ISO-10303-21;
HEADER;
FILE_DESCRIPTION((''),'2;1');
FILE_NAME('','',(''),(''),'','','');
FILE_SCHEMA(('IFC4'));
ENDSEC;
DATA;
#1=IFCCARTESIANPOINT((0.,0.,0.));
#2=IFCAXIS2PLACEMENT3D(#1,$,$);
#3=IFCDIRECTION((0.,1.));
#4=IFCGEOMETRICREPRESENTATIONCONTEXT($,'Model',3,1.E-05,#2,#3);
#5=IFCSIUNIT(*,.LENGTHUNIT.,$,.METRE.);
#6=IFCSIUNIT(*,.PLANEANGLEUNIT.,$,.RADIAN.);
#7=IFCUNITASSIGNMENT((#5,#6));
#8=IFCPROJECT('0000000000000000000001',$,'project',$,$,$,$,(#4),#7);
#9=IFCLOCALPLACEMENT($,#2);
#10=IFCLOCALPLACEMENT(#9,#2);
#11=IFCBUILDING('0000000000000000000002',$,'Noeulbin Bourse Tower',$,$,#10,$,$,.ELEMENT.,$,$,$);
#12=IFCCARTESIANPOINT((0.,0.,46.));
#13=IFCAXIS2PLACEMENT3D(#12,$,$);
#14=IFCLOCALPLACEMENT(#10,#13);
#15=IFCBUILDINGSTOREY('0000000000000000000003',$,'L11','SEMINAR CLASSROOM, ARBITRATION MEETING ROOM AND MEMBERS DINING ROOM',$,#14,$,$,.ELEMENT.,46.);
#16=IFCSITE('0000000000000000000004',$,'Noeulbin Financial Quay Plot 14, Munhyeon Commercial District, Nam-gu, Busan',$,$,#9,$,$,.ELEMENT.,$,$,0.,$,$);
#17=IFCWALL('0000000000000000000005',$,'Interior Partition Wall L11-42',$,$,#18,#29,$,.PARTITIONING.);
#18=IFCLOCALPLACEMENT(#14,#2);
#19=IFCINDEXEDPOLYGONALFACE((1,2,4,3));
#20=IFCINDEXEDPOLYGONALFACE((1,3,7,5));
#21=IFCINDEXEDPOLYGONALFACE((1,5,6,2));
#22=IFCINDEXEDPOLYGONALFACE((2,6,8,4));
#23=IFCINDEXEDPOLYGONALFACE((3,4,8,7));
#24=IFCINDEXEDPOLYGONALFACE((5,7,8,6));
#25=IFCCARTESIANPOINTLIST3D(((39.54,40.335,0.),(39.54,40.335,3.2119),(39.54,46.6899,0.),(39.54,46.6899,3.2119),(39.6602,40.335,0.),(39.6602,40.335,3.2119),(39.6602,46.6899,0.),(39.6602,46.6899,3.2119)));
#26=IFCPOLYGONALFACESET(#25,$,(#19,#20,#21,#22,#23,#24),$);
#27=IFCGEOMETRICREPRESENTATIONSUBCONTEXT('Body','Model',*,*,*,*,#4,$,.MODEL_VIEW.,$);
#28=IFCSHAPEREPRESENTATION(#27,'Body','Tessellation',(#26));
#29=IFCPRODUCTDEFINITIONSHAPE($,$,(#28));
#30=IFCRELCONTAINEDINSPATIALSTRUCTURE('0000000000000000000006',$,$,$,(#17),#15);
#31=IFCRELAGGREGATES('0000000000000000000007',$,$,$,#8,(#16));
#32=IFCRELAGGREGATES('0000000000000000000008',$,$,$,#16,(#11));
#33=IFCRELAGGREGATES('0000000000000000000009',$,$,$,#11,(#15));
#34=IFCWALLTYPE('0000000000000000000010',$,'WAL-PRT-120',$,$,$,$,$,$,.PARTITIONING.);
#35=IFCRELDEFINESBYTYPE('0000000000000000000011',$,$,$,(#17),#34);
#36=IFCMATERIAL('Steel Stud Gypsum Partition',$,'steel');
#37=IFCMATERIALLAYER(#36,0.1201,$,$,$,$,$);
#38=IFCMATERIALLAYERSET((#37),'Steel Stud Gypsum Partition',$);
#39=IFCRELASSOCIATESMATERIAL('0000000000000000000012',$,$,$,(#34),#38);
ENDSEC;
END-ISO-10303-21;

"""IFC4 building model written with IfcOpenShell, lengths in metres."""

from ifc_helpers import new_model, si_unit, direction, frame, frame_2d, origin, place, context, subcontext, project, spatial, rectangle, extrude, material, layer, layer_set, type_object, element, save


model = new_model("IFC4")

# Units and contexts
model_context = context("Model", 3, precision=1e-05, world=origin(), true_north=direction((0.0, 1.0)))
body_context = subcontext(model_context, "Body", "Model", "MODEL_VIEW")
ifc_project = project(units=[si_unit("LENGTHUNIT", "METRE"), si_unit("PLANEANGLEUNIT", "RADIAN")], contexts=[model_context])

# Site, building, storey
site_placement = place(None, origin())
site = spatial("IfcSite", under=ifc_project, at=site_placement, Name="Noeulbin Financial Quay Plot 14, Munhyeon Commercial District, Nam-gu, Busan", CompositionType="ELEMENT", RefElevation=0.0)
building_placement = place(site_placement, origin())
building = spatial("IfcBuilding", under=site, at=building_placement, Name="Noeulbin Bourse Tower", CompositionType="ELEMENT")
storey_placement = place(building_placement, frame((0.0, 0.0, 46.0)))
storey = spatial("IfcBuildingStorey", under=building, at=storey_placement, Name="L11", Description="SEMINAR CLASSROOM, ARBITRATION MEETING ROOM AND MEMBERS DINING ROOM", CompositionType="ELEMENT", Elevation=46.0)

# Wall
ifc_material_1 = material(Name="Steel Stud Gypsum Partition", Category="steel")
ifc_layer_1 = layer(ifc_material_1, 0.1201)
ifc_layer_set_1 = layer_set([ifc_layer_1], Name="Steel Stud Gypsum Partition")
wall_type = type_object("IfcWallType", Name="WAL-PRT-120", PredefinedType="PARTITIONING", material=ifc_layer_set_1)
wall_1_placement = place(storey_placement, frame((39.6001, 40.335, 0.0), z_axis=(0.0, 0.0, 1.0), x_axis=(0.0, 1.0, 0.0)))
element("IfcWall", 1, at=wall_1_placement, inside=storey, type_object=wall_type, Name="Interior Partition Wall L11-42", PredefinedType="PARTITIONING", context=body_context, shape_type="SweptSolid", body=[
    extrude(rectangle(XDim=6.355, YDim=0.1201, at=frame_2d((3.1775, 0.0))), origin(), (0.0, 0.0, 1.0), 3.2119),
])

save(model, "model.ifc")
